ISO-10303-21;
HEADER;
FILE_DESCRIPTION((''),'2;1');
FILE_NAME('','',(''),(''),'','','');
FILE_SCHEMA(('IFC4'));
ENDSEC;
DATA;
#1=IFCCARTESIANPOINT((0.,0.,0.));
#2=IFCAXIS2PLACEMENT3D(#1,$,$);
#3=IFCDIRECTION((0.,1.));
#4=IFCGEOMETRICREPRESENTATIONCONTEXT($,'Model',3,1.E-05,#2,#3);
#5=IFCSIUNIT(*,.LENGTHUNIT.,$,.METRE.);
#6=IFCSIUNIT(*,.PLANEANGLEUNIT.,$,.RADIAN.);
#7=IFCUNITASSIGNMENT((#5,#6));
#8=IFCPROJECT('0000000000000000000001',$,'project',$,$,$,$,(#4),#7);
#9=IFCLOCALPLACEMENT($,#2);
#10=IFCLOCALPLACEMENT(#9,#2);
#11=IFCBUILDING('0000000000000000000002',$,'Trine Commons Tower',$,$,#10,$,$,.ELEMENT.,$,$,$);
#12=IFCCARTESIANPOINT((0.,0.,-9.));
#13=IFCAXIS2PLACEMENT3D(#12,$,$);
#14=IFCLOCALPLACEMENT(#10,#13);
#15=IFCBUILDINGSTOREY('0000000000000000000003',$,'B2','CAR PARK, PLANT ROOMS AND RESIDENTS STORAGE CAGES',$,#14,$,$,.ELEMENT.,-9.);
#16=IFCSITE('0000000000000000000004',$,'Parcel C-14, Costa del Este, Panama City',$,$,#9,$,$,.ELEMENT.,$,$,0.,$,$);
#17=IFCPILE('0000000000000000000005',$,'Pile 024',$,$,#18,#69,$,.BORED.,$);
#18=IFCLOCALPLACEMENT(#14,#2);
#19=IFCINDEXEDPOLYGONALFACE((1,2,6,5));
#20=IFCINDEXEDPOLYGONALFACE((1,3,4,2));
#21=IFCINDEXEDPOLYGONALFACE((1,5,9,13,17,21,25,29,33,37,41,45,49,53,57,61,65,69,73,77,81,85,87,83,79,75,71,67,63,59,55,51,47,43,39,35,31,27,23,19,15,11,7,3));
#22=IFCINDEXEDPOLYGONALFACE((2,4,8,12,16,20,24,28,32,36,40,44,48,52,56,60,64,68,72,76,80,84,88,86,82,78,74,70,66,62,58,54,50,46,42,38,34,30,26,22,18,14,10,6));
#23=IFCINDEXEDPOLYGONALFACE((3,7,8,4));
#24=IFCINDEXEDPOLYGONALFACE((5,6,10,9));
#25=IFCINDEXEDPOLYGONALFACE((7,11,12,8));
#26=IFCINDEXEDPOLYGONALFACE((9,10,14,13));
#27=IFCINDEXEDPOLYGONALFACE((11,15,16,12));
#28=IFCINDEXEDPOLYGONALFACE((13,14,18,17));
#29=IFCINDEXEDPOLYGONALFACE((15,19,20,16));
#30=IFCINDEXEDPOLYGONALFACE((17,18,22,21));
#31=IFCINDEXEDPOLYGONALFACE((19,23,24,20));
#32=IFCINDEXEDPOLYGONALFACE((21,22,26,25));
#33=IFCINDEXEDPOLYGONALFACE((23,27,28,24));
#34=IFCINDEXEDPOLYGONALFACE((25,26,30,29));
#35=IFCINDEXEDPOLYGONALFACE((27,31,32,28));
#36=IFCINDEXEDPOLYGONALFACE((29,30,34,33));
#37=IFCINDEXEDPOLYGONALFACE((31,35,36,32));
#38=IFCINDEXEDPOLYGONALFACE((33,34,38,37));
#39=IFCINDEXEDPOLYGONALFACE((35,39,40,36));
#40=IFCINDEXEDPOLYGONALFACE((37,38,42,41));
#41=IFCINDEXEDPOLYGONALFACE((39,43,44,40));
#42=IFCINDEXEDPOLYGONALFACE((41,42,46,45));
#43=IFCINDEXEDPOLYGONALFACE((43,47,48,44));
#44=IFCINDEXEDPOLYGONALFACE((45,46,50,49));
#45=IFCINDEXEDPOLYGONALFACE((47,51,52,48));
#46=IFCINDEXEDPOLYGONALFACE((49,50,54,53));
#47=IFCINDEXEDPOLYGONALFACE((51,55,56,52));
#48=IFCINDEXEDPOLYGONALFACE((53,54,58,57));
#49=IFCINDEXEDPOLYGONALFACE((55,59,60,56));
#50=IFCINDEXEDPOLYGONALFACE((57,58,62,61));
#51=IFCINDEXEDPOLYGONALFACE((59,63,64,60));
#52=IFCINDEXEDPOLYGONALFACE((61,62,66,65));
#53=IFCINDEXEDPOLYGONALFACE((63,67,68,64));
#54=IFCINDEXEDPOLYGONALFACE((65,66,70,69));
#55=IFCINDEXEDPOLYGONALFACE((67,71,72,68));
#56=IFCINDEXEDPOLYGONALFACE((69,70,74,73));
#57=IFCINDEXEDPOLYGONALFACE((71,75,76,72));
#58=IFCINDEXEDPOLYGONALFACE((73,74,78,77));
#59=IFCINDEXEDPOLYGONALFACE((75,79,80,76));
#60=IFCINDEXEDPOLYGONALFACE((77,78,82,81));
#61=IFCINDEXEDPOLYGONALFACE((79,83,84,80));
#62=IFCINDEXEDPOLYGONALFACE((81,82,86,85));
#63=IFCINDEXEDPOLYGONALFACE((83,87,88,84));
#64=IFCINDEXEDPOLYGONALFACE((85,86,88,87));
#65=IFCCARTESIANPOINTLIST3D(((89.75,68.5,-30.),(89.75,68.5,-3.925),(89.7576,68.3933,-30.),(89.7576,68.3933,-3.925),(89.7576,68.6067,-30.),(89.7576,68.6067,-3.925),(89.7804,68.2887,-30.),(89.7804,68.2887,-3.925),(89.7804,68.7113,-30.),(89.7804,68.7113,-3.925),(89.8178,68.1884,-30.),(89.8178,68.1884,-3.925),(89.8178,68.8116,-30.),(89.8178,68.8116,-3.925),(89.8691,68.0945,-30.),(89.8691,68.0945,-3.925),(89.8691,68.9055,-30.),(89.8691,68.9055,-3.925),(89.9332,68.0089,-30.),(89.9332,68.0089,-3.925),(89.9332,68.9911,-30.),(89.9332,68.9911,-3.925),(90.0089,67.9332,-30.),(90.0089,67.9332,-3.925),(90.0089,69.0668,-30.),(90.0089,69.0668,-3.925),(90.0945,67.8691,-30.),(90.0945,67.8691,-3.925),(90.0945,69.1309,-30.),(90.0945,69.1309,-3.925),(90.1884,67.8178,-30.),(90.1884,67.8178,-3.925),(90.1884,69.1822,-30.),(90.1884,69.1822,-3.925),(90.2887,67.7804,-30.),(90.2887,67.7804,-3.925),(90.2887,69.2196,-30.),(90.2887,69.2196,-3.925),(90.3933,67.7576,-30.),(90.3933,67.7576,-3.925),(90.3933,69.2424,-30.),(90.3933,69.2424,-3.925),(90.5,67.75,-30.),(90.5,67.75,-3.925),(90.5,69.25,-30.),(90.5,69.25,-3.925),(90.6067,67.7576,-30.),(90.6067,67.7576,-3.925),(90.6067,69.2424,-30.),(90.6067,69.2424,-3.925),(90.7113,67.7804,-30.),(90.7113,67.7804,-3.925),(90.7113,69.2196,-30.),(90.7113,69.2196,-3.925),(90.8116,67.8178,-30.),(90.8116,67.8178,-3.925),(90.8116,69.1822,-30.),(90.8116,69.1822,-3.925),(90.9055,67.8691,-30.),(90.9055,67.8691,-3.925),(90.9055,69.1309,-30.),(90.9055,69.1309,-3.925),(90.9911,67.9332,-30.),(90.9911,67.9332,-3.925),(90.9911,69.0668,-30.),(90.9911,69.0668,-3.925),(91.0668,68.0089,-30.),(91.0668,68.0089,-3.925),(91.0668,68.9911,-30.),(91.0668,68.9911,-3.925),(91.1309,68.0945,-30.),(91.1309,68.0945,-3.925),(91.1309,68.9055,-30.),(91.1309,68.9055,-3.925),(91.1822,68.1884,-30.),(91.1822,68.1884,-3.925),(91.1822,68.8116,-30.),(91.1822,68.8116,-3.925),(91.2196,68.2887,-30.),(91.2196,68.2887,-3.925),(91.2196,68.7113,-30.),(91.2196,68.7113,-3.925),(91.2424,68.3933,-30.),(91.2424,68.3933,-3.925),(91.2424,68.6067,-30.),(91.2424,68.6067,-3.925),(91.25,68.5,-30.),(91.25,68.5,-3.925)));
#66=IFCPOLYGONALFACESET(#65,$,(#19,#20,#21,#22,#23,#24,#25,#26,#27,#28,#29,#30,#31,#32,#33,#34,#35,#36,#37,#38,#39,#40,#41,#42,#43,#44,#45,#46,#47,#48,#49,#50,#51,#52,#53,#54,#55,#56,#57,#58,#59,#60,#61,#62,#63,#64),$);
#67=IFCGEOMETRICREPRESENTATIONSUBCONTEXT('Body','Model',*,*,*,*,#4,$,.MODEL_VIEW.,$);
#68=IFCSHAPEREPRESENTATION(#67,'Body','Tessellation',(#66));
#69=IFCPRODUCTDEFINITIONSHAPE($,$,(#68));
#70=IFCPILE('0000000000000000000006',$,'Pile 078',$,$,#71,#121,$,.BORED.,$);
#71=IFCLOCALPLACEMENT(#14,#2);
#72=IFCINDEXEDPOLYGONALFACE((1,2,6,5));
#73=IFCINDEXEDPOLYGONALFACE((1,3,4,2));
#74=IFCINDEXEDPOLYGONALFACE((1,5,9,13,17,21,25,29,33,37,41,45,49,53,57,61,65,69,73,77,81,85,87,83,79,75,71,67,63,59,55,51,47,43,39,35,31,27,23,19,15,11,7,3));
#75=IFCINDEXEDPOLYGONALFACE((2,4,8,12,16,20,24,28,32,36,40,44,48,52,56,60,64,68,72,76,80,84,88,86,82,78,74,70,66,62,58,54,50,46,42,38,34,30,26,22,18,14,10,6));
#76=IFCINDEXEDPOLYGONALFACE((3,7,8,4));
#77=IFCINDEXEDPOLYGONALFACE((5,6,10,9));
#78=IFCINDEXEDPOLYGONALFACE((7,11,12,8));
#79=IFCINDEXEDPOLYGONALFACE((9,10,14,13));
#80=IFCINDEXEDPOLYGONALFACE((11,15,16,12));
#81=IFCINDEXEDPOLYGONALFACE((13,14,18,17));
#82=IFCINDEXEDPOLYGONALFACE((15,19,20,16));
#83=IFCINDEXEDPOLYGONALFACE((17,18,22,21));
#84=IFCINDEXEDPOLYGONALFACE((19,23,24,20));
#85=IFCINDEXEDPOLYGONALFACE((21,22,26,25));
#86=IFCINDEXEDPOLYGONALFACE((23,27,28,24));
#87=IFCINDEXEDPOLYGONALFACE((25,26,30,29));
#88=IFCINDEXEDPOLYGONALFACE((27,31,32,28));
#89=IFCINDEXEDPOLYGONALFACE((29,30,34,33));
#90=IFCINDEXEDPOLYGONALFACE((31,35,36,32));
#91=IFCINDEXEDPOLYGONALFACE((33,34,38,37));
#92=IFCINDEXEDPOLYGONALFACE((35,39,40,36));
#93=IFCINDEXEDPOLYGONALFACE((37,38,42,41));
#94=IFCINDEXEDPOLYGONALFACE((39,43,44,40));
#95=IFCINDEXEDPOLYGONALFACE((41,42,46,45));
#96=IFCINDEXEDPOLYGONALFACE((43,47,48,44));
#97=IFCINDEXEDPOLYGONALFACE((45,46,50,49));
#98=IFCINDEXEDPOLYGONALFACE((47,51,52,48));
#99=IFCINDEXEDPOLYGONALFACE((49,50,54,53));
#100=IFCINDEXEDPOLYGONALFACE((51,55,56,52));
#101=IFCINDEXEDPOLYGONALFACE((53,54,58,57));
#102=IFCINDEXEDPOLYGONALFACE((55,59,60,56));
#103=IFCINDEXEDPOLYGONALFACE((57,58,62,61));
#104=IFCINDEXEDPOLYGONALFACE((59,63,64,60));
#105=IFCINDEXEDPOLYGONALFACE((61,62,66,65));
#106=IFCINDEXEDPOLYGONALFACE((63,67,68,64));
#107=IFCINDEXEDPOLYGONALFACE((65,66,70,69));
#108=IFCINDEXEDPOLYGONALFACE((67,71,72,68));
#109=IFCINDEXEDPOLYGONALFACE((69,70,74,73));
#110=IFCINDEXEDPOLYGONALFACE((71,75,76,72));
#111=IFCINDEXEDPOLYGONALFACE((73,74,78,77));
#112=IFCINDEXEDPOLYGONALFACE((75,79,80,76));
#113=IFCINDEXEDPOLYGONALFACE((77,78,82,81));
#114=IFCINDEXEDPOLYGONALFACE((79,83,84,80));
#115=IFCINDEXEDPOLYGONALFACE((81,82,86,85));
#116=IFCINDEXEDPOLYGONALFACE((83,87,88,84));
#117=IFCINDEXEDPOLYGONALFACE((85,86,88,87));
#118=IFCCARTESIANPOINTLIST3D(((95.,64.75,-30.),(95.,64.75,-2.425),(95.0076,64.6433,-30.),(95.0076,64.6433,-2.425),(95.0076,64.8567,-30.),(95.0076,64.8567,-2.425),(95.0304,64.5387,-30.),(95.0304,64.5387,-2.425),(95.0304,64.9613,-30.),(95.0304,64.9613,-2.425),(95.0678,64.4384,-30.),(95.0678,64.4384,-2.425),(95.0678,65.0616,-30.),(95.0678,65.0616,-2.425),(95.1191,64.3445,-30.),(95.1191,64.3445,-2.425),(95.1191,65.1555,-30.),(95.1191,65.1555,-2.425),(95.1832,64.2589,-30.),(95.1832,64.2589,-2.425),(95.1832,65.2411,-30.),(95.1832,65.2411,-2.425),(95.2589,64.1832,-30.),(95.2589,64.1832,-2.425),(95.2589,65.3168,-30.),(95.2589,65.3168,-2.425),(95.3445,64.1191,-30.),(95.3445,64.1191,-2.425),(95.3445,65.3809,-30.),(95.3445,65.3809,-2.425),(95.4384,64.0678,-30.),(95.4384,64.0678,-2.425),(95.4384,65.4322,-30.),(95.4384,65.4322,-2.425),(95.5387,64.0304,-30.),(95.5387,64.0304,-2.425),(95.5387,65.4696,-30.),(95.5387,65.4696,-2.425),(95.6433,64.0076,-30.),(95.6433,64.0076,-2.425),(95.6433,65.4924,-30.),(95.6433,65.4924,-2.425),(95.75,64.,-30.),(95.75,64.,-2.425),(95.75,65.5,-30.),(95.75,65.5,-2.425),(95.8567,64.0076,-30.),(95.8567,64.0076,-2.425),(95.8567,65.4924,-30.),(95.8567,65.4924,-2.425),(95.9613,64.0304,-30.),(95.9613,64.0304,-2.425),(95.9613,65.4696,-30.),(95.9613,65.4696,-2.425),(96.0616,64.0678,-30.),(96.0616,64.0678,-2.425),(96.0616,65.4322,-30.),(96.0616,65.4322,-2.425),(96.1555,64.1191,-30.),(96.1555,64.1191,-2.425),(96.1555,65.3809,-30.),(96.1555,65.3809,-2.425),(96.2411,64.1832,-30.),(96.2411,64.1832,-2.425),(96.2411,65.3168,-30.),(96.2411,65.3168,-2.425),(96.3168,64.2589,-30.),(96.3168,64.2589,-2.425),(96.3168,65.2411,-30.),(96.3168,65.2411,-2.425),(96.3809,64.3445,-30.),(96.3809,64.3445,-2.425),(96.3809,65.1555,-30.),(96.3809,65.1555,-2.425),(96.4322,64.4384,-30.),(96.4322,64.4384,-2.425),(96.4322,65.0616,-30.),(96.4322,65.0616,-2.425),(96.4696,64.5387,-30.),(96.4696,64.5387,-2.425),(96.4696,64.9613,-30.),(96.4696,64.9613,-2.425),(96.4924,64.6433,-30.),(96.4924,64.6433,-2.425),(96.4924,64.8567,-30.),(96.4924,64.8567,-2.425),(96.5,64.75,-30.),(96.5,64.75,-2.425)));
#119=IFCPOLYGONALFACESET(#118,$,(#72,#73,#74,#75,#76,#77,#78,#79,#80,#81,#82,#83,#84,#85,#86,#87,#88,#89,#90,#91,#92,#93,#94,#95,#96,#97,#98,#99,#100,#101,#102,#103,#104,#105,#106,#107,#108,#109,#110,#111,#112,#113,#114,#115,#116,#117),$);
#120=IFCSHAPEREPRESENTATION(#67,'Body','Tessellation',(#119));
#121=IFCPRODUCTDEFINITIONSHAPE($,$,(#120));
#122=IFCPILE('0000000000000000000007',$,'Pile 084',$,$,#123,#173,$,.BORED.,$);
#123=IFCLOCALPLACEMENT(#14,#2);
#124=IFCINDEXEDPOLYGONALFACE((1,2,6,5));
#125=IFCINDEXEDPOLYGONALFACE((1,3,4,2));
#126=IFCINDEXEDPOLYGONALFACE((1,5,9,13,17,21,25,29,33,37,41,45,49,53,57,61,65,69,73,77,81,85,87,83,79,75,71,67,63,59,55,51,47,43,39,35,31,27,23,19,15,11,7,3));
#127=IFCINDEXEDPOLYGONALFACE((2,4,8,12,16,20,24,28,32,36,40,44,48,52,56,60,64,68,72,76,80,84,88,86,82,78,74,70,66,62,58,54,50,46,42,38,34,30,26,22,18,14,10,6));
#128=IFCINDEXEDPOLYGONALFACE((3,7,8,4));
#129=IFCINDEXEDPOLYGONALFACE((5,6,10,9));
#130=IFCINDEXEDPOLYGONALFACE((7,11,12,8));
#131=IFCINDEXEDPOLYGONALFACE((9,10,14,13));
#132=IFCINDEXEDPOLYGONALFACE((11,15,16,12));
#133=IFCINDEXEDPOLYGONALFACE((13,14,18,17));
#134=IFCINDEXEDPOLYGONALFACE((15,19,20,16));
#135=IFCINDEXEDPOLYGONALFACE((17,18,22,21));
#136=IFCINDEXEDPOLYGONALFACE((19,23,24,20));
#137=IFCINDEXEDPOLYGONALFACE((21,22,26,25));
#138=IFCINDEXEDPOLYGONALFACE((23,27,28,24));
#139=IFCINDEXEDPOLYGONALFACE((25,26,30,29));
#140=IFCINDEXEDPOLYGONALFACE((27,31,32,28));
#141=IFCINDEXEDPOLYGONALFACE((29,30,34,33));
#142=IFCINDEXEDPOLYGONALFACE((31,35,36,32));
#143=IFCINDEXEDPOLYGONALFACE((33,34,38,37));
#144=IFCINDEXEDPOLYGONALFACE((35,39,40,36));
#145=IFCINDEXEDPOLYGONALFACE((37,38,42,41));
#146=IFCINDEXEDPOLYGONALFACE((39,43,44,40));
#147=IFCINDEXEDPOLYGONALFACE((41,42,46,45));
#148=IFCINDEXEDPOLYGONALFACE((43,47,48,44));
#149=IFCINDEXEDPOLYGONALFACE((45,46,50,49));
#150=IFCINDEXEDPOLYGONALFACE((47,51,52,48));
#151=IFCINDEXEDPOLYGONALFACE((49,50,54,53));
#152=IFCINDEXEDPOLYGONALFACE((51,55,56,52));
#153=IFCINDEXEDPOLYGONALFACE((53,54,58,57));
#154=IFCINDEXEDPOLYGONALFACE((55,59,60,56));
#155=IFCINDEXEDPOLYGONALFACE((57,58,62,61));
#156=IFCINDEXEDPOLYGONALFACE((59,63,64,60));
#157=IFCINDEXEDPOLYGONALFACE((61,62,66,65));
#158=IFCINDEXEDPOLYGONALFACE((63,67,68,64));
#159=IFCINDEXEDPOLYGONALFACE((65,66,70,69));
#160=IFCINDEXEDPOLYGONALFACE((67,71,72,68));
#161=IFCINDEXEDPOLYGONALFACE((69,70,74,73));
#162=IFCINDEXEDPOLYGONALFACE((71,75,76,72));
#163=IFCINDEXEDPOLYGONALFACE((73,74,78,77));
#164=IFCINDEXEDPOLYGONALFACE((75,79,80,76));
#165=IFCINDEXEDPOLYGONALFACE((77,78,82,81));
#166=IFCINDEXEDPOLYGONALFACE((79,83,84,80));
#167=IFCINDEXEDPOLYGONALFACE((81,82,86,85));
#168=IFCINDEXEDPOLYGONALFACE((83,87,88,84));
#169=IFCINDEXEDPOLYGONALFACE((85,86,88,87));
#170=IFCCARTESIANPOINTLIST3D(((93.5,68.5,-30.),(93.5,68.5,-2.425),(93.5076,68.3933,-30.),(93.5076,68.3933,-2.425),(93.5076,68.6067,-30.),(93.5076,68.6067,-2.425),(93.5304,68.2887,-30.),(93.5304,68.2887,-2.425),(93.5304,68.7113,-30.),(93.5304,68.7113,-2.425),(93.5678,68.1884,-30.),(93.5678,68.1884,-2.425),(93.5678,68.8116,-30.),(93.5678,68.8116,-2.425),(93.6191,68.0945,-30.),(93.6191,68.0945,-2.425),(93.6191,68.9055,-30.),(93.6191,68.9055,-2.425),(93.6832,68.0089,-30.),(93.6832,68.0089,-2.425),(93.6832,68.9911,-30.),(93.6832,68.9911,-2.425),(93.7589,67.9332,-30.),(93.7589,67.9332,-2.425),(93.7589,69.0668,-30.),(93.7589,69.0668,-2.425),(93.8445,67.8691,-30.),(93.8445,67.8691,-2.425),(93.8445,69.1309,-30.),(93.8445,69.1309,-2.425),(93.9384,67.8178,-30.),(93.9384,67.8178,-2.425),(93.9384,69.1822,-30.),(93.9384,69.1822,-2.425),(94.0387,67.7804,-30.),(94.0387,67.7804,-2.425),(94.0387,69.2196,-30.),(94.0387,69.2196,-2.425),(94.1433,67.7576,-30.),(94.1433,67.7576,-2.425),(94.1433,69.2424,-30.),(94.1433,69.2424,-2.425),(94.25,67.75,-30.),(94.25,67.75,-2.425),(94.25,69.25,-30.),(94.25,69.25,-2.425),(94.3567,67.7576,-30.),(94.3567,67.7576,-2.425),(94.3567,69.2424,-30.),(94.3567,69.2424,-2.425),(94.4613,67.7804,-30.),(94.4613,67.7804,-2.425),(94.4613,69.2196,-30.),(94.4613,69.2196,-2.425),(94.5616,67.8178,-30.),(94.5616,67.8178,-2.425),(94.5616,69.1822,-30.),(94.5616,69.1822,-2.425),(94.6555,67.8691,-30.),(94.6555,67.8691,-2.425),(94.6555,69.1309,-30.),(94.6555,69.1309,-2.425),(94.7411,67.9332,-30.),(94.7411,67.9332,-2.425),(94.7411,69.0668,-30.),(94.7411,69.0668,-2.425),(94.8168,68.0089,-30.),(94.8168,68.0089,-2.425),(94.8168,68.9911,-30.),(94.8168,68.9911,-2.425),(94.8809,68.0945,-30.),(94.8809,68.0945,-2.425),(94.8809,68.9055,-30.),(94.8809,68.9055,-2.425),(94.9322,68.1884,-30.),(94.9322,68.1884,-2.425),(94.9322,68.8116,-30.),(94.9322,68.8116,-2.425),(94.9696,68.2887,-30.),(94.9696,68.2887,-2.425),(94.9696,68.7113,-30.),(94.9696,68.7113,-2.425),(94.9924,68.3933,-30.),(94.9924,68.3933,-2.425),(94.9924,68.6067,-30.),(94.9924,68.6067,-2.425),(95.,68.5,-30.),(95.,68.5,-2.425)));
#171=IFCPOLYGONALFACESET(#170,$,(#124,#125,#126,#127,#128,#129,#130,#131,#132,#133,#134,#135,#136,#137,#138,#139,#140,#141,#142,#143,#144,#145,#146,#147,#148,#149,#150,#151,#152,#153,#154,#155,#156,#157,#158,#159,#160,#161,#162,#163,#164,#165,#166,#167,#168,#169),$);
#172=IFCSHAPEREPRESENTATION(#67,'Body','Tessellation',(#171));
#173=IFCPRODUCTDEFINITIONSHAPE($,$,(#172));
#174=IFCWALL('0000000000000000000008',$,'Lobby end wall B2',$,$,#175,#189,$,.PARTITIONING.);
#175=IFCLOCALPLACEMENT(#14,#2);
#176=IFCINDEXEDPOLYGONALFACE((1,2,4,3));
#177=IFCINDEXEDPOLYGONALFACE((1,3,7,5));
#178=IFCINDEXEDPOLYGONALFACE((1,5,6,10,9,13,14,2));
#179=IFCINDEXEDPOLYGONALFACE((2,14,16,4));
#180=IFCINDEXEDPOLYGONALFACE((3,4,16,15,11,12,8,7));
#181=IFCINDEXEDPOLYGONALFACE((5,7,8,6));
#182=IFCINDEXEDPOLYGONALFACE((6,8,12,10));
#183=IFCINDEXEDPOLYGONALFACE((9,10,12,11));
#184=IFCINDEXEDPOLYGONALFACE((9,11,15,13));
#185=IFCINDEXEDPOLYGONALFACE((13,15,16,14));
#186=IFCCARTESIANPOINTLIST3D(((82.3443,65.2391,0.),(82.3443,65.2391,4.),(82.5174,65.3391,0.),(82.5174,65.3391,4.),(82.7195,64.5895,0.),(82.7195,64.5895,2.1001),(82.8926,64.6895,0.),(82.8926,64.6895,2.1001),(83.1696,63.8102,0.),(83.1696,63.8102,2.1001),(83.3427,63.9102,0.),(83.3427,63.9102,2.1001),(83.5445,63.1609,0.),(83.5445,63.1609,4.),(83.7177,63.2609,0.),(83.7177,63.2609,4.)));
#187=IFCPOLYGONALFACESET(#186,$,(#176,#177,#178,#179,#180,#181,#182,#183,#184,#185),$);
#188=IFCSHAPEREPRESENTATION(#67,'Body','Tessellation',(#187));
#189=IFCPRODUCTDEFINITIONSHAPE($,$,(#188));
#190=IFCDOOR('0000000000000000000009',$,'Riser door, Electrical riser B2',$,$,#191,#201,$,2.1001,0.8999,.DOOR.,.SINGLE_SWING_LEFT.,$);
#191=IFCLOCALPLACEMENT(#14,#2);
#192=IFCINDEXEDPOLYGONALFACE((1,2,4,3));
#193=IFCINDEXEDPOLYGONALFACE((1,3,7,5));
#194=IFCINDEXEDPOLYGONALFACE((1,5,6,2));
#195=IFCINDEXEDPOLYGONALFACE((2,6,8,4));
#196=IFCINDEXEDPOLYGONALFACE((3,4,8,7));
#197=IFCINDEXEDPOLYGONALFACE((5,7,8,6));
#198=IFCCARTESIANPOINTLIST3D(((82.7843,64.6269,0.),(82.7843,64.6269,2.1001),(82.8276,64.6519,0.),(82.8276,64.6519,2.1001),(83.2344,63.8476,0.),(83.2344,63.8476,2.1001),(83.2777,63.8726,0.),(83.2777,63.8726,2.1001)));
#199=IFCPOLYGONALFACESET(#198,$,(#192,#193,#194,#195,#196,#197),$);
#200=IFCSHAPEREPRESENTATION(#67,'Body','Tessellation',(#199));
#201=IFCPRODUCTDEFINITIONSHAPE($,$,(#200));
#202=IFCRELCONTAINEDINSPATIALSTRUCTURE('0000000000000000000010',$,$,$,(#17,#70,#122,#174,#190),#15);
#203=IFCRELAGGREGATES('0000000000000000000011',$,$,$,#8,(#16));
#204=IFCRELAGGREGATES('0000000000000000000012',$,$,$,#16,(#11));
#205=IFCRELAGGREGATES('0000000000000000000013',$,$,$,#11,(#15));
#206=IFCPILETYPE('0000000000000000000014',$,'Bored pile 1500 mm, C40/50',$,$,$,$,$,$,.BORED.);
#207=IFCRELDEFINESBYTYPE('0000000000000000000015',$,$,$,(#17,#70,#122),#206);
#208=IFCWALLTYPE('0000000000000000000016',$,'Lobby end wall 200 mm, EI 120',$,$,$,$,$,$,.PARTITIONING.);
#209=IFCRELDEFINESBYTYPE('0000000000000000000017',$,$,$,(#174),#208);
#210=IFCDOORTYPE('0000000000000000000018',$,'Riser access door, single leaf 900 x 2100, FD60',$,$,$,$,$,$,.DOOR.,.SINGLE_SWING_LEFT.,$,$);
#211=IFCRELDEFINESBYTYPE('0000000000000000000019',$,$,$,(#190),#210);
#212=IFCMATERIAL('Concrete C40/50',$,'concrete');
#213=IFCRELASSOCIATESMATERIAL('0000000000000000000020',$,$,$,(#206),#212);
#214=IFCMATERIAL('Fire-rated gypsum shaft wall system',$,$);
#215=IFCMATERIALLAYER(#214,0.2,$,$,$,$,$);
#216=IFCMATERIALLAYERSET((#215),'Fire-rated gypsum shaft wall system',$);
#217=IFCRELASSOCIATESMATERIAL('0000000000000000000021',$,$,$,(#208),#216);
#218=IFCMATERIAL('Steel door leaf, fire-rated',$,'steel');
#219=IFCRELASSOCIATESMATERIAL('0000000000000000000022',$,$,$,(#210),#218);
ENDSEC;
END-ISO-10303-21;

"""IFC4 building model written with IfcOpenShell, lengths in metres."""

from ifc_helpers import new_model, si_unit, direction, frame, frame_2d, origin, origin_2d, place, context, subcontext, project, spatial, rectangle, circle, extrude, material, layer, layer_set, type_object, element, fill, save


model = new_model("IFC4")

# Units and contexts
model_context = context("Model", 3, precision=1e-05, world=origin(), true_north=direction((0.0, 1.0)))
body_context = subcontext(model_context, "Body", "Model", "MODEL_VIEW")
ifc_project = project(units=[si_unit("LENGTHUNIT", "METRE"), si_unit("PLANEANGLEUNIT", "RADIAN")], contexts=[model_context])

# Site, building, storey
site_placement = place(None, origin())
site = spatial("IfcSite", under=ifc_project, at=site_placement, Name="Parcel C-14, Costa del Este, Panama City", CompositionType="ELEMENT", RefElevation=0.0)
building_placement = place(site_placement, origin())
building = spatial("IfcBuilding", under=site, at=building_placement, Name="Trine Commons Tower", CompositionType="ELEMENT")
storey_placement = place(building_placement, frame((0.0, 0.0, -9.0)))
storey = spatial("IfcBuildingStorey", under=building, at=storey_placement, Name="B2", Description="CAR PARK, PLANT ROOMS AND RESIDENTS STORAGE CAGES", CompositionType="ELEMENT", Elevation=-9.0)

# Piles
ifc_material_1 = material(Name="Concrete C40/50", Category="concrete")
pile_type = type_object("IfcPileType", Name="Bored pile 1500 mm, C40/50", PredefinedType="BORED", material=ifc_material_1)
for number, where, z_axis, x_axis, name in (
    (1, (90.5, 68.5, -3.925), (0.0, 0.0, -1.0), (1.0, 0.0, 0.0), "Pile 024"),
):
    element("IfcPile", number, at=place(storey_placement, frame(where, z_axis=z_axis, x_axis=x_axis)), inside=storey, type_object=pile_type, Name=name, PredefinedType="BORED", context=body_context, shape_type="SweptSolid", body=[
        extrude(circle(Radius=0.75, at=origin_2d()), origin(), (0.0, 0.0, 1.0), 26.075),
    ])
for number, where, z_axis, x_axis, name in (
    (2, (95.75, 64.75, -2.425), (0.0, 0.0, -1.0), (1.0, 0.0, 0.0), "Pile 078"),
    (3, (94.25, 68.5, -2.425), (0.0, 0.0, -1.0), (1.0, 0.0, 0.0), "Pile 084"),
):
    element("IfcPile", number, at=place(storey_placement, frame(where, z_axis=z_axis, x_axis=x_axis)), inside=storey, type_object=pile_type, Name=name, PredefinedType="BORED", context=body_context, shape_type="SweptSolid", body=[
        extrude(circle(Radius=0.75, at=origin_2d()), origin(), (0.0, 0.0, 1.0), 27.575),
    ])

# Wall, opening, door
ifc_material_2 = material(Name="Fire-rated gypsum shaft wall system")
ifc_layer_1 = layer(ifc_material_2, 0.2)
ifc_layer_set_1 = layer_set([ifc_layer_1], Name="Fire-rated gypsum shaft wall system")
wall_type_1 = type_object("IfcWallType", Name="Lobby end wall 200 mm, EI 120", PredefinedType="PARTITIONING", material=ifc_layer_set_1)
wall_1_placement = place(storey_placement, frame((83.6311, 63.2109, 0.0), z_axis=(0.0, 0.0, 1.0), x_axis=(-0.500122, 0.865955, 0.0)))
wall_1 = element("IfcWall", 4, at=wall_1_placement, inside=storey, type_object=wall_type_1, Name="Lobby end wall B2", PredefinedType="PARTITIONING", context=body_context, shape_type="SweptSolid", body=[
    extrude(rectangle(XDim=2.3999, YDim=0.2, at=frame_2d((1.2, 0.0))), origin(), (0.0, 0.0, 1.0), 4.0),
])
opening_1_placement = place(wall_1_placement, frame((0.7498, 0.0, 0.0)))
opening_1 = element("IfcOpeningElement", 5, at=opening_1_placement, cuts=wall_1, PredefinedType="OPENING", context=body_context, shape_type="SweptSolid", body=[
    extrude(rectangle(XDim=0.8999, YDim=2.1001, at=frame_2d((0.45, 1.05))), frame((0.0, 0.1099, 0.0), z_axis=(0.0, -1.0, 0.0), x_axis=(1.0, 0.0, 0.0)), (0.0, 0.0, 1.0), 0.22),
])
ifc_material_3 = material(Name="Steel door leaf, fire-rated", Category="steel")
door_type_1 = type_object("IfcDoorType", Name="Riser access door, single leaf 900 x 2100, FD60", OperationType="SINGLE_SWING_LEFT", PredefinedType="DOOR", material=ifc_material_3)
door_1_placement = place(opening_1_placement, frame((0.8999, 0.0, 0.0), z_axis=(0.0, 0.0, 1.0), x_axis=(-1.0, 0.0, 0.0)))
door_1 = element("IfcDoor", 6, at=door_1_placement, inside=storey, type_object=door_type_1, Name="Riser door, Electrical riser B2", OperationType="SINGLE_SWING_LEFT", OverallHeight=2.1001, OverallWidth=0.8999, PredefinedType="DOOR", context=body_context, shape_type="SweptSolid", body=[
    extrude(rectangle(XDim=0.8999, YDim=2.1001, at=frame_2d((0.45, 1.05))), frame((0.0, 0.0249, 0.0), z_axis=(0.0, -1.0, 0.0), x_axis=(1.0, 0.0, 0.0)), (0.0, 0.0, 1.0), 0.05),
])
fill(opening_1, door_1)

save(model, "model.ifc")
